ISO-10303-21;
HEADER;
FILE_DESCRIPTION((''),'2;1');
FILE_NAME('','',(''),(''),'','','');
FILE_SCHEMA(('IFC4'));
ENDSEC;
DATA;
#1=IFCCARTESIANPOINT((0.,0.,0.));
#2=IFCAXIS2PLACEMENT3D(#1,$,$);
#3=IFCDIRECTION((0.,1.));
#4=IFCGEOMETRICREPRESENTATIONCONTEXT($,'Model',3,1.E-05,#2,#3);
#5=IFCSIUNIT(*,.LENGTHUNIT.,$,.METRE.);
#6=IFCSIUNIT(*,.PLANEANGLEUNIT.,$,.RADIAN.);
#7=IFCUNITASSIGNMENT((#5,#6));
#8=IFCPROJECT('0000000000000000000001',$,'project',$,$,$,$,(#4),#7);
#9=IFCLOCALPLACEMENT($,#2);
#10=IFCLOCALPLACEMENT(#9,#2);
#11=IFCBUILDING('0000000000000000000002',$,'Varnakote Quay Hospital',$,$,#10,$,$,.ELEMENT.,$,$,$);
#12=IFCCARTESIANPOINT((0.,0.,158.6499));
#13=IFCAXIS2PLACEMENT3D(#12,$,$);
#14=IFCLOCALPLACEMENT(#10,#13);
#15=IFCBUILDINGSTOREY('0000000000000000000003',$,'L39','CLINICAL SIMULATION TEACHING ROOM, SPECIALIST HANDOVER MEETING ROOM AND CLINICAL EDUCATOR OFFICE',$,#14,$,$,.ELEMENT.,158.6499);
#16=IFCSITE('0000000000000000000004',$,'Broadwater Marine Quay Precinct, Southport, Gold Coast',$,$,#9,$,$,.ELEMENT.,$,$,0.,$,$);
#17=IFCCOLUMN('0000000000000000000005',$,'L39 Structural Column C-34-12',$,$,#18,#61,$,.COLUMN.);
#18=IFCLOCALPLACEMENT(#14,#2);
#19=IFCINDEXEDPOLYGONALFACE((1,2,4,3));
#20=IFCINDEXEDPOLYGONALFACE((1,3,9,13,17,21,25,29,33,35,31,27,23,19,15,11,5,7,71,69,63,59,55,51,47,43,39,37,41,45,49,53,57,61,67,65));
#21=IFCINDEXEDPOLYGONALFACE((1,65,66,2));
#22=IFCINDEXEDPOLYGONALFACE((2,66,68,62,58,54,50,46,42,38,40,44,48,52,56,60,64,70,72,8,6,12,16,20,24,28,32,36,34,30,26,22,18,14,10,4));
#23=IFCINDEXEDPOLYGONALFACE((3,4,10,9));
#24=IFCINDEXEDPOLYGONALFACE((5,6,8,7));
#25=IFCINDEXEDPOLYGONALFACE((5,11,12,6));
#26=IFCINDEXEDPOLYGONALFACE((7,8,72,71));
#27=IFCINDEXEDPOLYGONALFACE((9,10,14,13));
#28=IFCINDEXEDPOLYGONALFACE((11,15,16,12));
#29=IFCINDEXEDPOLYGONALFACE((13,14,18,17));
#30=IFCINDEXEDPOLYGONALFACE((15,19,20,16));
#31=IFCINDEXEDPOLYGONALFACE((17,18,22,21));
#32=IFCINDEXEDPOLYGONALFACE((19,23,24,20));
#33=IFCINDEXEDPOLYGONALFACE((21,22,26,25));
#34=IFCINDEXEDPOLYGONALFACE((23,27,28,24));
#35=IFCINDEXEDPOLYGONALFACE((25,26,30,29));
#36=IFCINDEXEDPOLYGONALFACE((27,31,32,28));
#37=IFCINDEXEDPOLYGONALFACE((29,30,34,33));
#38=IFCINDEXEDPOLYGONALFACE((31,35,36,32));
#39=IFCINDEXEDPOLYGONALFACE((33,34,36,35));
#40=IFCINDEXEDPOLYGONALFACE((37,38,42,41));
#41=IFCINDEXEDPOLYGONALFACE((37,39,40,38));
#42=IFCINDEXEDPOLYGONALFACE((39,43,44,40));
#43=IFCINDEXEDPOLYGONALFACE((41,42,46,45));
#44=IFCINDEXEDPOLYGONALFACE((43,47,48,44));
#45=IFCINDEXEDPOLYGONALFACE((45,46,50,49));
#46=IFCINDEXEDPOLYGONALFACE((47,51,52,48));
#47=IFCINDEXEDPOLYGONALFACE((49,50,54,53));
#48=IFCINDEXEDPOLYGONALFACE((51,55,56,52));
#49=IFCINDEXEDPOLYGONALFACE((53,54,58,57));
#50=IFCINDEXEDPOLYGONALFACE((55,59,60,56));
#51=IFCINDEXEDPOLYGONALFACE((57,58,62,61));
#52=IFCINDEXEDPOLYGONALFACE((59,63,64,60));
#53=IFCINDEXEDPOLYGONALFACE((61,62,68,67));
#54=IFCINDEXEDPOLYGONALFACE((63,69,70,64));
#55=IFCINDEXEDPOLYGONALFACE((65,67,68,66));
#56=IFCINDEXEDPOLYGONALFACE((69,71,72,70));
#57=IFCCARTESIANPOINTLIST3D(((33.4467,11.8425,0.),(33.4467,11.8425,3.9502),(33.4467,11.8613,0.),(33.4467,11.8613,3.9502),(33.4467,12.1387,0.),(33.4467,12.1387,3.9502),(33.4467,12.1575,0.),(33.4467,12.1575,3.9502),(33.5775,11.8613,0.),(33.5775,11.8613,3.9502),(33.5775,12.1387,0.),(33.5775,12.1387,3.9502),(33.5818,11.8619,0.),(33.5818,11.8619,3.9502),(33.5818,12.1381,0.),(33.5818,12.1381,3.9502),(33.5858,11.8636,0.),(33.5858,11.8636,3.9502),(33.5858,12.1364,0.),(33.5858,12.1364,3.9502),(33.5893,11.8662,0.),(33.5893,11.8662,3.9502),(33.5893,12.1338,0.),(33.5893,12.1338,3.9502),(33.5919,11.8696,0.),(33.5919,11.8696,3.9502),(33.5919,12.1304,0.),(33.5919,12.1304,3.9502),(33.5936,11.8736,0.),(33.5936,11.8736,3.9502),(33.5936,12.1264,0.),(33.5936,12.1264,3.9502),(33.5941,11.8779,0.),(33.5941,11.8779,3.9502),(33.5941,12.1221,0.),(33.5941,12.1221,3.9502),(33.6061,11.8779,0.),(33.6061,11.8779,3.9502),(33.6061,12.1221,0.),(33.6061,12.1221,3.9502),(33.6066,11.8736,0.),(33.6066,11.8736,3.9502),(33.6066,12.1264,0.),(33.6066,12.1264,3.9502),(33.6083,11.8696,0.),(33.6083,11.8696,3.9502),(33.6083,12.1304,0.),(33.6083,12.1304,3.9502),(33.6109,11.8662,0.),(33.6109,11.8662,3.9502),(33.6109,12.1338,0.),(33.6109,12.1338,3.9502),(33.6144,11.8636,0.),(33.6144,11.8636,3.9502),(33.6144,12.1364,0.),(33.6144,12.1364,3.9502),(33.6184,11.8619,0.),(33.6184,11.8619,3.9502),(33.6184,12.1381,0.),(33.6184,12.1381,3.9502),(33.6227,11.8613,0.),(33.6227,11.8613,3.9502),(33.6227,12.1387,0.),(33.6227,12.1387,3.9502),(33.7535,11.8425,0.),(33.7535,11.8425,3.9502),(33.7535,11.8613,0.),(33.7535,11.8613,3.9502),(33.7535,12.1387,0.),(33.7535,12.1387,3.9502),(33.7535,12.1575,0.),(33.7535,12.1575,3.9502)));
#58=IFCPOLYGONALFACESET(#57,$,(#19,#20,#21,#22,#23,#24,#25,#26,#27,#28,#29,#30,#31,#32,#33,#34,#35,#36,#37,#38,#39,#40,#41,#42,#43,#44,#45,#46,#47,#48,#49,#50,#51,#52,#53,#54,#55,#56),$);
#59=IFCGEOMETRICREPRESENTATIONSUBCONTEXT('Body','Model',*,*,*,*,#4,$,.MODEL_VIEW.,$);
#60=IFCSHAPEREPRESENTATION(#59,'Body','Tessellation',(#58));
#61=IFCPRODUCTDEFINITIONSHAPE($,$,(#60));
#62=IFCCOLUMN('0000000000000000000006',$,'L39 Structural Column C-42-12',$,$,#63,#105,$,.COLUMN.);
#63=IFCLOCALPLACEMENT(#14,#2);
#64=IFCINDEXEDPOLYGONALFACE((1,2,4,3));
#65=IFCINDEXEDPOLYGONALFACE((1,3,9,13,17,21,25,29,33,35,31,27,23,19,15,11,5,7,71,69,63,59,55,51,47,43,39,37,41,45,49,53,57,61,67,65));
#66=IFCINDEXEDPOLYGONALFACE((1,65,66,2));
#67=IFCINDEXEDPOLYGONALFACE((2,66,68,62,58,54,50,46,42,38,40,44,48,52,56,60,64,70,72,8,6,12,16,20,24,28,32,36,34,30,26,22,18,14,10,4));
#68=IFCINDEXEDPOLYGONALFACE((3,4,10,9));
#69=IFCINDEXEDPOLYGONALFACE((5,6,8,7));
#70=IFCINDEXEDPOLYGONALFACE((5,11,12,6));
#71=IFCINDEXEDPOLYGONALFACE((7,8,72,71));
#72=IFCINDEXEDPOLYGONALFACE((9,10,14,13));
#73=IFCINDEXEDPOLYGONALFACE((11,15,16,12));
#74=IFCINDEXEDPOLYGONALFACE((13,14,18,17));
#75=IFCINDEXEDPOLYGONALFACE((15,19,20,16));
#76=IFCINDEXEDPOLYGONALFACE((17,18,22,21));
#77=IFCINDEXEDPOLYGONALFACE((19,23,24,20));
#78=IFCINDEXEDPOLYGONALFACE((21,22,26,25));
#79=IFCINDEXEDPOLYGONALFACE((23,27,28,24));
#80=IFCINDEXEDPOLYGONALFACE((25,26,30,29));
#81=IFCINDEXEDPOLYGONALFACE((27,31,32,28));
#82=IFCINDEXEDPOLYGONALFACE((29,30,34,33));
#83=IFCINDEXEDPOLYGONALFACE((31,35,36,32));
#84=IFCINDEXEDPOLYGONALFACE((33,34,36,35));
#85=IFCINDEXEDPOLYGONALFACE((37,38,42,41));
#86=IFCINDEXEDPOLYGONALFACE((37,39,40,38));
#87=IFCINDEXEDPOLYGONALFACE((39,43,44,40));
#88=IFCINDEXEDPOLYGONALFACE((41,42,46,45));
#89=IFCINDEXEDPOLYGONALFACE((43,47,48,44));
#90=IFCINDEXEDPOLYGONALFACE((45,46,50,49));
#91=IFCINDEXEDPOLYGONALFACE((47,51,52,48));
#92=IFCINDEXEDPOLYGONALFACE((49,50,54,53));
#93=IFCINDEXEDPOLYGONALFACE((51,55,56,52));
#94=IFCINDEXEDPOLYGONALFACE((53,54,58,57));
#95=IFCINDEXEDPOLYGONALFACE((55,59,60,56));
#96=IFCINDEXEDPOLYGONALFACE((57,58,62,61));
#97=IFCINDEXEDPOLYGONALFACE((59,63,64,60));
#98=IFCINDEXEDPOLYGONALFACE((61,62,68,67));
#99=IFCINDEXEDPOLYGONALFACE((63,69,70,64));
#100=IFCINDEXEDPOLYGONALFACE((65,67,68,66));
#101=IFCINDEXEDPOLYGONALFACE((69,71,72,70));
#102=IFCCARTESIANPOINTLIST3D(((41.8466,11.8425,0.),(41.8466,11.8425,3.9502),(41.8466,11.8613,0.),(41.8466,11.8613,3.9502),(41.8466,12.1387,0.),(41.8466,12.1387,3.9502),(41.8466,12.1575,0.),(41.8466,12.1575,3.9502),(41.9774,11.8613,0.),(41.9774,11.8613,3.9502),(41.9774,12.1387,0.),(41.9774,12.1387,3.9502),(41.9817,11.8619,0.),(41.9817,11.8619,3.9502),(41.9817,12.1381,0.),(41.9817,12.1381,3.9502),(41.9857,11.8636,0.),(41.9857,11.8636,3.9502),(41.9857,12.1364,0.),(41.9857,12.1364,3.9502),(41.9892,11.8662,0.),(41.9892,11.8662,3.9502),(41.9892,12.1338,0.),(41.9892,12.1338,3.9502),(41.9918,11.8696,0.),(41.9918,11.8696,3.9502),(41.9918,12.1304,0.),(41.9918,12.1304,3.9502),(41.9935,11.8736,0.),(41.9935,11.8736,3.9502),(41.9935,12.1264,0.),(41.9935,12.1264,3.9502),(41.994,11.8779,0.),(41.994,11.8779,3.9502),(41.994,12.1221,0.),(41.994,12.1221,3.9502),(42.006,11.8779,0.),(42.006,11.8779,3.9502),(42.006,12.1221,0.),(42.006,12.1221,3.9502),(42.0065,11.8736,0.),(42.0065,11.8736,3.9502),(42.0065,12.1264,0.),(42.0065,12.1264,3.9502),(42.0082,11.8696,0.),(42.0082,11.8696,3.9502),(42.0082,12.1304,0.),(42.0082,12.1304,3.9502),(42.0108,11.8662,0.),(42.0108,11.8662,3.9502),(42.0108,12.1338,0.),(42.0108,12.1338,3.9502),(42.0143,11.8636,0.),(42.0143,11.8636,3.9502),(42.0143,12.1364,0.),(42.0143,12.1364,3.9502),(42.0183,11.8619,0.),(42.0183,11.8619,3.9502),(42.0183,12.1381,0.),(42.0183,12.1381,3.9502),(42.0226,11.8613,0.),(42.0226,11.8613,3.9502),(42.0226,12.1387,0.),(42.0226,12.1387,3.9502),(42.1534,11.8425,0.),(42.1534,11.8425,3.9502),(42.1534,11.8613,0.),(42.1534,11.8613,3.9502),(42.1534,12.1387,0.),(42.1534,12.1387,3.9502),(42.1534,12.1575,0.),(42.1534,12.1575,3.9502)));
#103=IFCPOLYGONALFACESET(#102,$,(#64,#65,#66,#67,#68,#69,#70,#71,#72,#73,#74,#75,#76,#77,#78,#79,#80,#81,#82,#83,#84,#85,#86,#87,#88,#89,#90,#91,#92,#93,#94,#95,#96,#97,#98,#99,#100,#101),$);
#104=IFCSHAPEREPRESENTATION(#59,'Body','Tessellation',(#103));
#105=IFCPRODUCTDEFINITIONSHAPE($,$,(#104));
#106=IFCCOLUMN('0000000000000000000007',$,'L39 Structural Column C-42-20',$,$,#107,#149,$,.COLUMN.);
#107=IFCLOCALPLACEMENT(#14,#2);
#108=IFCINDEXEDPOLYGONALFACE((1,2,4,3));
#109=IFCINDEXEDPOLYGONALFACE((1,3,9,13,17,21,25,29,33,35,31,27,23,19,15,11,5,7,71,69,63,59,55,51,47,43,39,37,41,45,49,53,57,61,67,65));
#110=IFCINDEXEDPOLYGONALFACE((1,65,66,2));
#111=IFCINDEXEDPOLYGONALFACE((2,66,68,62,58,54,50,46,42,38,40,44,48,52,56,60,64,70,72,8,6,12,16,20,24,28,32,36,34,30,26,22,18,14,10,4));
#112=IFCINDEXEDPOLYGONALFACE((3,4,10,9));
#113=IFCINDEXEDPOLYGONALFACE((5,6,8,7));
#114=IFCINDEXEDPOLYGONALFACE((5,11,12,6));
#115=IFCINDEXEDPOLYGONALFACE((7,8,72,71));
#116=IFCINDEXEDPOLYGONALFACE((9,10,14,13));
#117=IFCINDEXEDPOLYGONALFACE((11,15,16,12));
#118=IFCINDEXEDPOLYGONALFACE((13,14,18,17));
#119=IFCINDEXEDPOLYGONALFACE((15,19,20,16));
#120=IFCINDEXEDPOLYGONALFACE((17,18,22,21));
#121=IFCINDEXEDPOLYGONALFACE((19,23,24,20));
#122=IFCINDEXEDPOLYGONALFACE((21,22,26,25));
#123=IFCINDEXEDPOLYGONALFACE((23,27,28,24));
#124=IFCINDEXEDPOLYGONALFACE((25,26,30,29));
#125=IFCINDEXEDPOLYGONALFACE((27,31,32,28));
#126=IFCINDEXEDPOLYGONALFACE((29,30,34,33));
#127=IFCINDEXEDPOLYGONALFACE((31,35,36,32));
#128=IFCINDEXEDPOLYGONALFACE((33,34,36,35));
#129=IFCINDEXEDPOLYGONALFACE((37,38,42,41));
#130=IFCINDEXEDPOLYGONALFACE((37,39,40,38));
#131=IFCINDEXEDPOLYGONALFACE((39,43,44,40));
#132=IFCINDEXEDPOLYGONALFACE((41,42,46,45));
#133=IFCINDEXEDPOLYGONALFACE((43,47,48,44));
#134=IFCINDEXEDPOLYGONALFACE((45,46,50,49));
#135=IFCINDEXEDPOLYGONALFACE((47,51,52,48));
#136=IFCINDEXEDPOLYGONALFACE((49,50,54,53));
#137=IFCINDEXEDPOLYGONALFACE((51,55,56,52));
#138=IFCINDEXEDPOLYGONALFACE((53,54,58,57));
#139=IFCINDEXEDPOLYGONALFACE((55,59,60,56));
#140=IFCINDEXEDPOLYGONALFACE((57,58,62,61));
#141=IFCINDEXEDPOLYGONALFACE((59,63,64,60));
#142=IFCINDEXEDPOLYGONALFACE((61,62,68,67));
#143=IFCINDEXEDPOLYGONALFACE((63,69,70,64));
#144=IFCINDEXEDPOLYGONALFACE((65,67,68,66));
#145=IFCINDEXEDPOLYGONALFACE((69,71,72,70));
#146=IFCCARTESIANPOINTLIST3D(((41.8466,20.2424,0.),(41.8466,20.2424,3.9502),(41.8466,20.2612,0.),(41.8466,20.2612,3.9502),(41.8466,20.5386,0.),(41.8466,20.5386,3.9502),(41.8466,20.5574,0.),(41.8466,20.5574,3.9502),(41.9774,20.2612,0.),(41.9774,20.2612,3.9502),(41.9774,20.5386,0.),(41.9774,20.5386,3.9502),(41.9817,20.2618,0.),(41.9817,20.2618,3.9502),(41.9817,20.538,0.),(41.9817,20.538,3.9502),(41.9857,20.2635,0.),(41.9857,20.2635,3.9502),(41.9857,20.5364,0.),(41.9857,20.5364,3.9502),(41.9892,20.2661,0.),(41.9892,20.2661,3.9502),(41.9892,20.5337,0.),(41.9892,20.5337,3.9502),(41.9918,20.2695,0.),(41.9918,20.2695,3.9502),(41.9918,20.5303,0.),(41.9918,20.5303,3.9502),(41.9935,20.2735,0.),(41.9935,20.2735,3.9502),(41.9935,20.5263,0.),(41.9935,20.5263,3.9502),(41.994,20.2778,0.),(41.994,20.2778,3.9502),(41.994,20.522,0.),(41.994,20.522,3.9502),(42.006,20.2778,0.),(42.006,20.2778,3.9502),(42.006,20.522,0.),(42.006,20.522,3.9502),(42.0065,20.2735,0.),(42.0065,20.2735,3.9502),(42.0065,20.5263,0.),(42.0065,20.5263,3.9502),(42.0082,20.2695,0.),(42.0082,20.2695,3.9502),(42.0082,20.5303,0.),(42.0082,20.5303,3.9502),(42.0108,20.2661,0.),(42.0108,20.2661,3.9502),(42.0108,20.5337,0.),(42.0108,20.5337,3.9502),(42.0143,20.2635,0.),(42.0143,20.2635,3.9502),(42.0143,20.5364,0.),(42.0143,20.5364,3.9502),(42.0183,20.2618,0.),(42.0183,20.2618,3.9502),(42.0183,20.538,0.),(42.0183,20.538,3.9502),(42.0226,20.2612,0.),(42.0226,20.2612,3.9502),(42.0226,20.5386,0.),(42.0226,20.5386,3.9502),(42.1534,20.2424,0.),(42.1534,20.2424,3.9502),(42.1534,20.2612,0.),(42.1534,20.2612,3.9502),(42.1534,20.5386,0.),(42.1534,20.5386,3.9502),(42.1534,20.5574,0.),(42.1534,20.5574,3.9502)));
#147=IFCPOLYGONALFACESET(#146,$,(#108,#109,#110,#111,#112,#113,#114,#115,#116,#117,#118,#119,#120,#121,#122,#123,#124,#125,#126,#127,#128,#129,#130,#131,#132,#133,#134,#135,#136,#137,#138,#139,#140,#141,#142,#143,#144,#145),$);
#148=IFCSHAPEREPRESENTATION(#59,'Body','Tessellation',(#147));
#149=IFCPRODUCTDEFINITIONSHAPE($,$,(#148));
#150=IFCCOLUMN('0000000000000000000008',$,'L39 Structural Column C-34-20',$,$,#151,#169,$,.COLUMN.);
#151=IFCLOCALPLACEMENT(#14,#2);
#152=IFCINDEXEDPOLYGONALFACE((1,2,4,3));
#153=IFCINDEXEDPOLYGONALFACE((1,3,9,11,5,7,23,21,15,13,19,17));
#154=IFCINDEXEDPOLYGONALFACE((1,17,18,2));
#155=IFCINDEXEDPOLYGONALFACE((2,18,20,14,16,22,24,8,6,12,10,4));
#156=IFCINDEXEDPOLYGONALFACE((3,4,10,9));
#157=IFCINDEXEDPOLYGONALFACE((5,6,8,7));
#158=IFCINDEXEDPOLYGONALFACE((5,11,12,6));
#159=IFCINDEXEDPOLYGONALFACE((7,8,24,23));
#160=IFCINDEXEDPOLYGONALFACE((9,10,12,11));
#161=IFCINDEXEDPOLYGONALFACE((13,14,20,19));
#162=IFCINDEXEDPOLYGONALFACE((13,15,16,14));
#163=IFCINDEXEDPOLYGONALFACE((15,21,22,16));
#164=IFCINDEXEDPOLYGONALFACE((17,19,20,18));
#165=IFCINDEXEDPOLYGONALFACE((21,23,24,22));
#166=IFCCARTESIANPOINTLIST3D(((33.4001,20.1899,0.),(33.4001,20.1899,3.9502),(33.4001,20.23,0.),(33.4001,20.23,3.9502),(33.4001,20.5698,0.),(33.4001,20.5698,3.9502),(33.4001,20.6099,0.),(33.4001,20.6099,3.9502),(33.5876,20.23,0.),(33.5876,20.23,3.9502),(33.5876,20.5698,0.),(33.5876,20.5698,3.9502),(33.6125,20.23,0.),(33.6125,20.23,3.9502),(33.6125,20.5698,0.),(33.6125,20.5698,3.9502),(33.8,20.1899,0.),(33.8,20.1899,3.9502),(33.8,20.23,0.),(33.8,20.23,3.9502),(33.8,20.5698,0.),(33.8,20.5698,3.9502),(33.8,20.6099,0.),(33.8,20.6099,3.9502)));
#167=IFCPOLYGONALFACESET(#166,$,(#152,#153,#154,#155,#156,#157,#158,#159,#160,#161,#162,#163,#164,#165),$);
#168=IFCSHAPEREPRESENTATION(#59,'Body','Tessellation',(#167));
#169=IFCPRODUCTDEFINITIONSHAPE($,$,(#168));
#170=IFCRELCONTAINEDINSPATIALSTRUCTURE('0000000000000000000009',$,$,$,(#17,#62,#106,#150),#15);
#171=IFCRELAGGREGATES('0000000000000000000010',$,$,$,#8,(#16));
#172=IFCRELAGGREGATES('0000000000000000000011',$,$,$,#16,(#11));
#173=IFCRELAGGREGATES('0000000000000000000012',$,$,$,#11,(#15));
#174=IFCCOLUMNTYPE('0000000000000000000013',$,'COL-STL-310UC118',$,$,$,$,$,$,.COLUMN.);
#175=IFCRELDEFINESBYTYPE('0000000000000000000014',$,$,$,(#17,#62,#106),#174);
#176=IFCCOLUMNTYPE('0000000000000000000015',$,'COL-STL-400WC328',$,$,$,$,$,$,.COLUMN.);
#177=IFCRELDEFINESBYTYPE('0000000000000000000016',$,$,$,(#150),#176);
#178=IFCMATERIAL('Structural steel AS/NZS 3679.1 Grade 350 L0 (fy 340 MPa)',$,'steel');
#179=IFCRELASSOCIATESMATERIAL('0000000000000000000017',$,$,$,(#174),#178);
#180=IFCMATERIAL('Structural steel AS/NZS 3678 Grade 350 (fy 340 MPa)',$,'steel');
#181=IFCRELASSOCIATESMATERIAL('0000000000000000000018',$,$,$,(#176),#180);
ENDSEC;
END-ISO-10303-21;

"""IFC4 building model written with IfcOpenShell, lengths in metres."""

from ifc_helpers import new_model, si_unit, direction, frame, origin, origin_2d, place, context, subcontext, project, spatial, i_section, extrude, material, material_profile, profile_set, type_object, element, save


model = new_model("IFC4")

# Units and contexts
model_context = context("Model", 3, precision=1e-05, world=origin(), true_north=direction((0.0, 1.0)))
body_context = subcontext(model_context, "Body", "Model", "MODEL_VIEW")
ifc_project = project(units=[si_unit("LENGTHUNIT", "METRE"), si_unit("PLANEANGLEUNIT", "RADIAN")], contexts=[model_context])

# Site, building, storey
site_placement = place(None, origin())
site = spatial("IfcSite", under=ifc_project, at=site_placement, Name="Broadwater Marine Quay Precinct, Southport, Gold Coast", CompositionType="ELEMENT", RefElevation=0.0)
building_placement = place(site_placement, origin())
building = spatial("IfcBuilding", under=site, at=building_placement, Name="Varnakote Quay Hospital", CompositionType="ELEMENT")
storey_placement = place(building_placement, frame((0.0, 0.0, 158.6499)))
storey = spatial("IfcBuildingStorey", under=building, at=storey_placement, Name="L39", Description="CLINICAL SIMULATION TEACHING ROOM, SPECIALIST HANDOVER MEETING ROOM AND CLINICAL EDUCATOR OFFICE", CompositionType="ELEMENT", Elevation=158.6499)

# Columns
ifc_material_1 = material(Name="Structural steel AS/NZS 3679.1 Grade 350 L0 (fy 340 MPa)", Category="steel")
ifc_material_profile_1 = material_profile(ifc_material_1, i_section(OverallWidth=0.3069, OverallDepth=0.3149, WebThickness=0.012, FlangeThickness=0.0188, FilletRadius=0.0166, at=origin_2d()), Name="310UC118")
ifc_profile_set_1 = profile_set([ifc_material_profile_1], Name="Structural steel AS/NZS 3679.1 Grade 350 L0 (fy 340 MPa)")
column_type_1 = type_object("IfcColumnType", Name="COL-STL-310UC118", PredefinedType="COLUMN", material=ifc_profile_set_1)
for number, where, z_axis, x_axis, name in (
    (1, (33.6001, 12.0, 0.0), (0.0, 0.0, 1.0), (1.0, 0.0, 0.0), "L39 Structural Column C-34-12"),
    (2, (42.0, 12.0, 0.0), (0.0, 0.0, 1.0), (1.0, 0.0, 0.0), "L39 Structural Column C-42-12"),
    (3, (42.0, 20.3999, 0.0), (0.0, 0.0, 1.0), (1.0, 0.0, 0.0), "L39 Structural Column C-42-20"),
):
    element("IfcColumn", number, at=place(storey_placement, frame(where, z_axis=z_axis, x_axis=x_axis)), inside=storey, type_object=column_type_1, Name=name, PredefinedType="COLUMN", context=body_context, shape_type="SweptSolid", body=[
        extrude(i_section(OverallWidth=0.3069, OverallDepth=0.3149, WebThickness=0.012, FlangeThickness=0.0188, FilletRadius=0.0166, at=origin_2d()), origin(), (0.0, 0.0, 1.0), 3.9502),
    ])
ifc_material_2 = material(Name="Structural steel AS/NZS 3678 Grade 350 (fy 340 MPa)", Category="steel")
ifc_material_profile_2 = material_profile(ifc_material_2, i_section(OverallWidth=0.3999, OverallDepth=0.4199, WebThickness=0.0249, FlangeThickness=0.04, at=origin_2d()), Name="400WC328")
ifc_profile_set_2 = profile_set([ifc_material_profile_2], Name="Structural steel AS/NZS 3678 Grade 350 (fy 340 MPa)")
column_type_2 = type_object("IfcColumnType", Name="COL-STL-400WC328", PredefinedType="COLUMN", material=ifc_profile_set_2)
column_placement = place(storey_placement, frame((33.6001, 20.3999, 0.0), z_axis=(0.0, 0.0, 1.0), x_axis=(1.0, 0.0, 0.0)))
element("IfcColumn", 4, at=column_placement, inside=storey, type_object=column_type_2, Name="L39 Structural Column C-34-20", PredefinedType="COLUMN", context=body_context, shape_type="SweptSolid", body=[
    extrude(i_section(OverallWidth=0.3999, OverallDepth=0.4199, WebThickness=0.0249, FlangeThickness=0.04, at=origin_2d()), origin(), (0.0, 0.0, 1.0), 3.9502),
])

save(model, "model.ifc")
